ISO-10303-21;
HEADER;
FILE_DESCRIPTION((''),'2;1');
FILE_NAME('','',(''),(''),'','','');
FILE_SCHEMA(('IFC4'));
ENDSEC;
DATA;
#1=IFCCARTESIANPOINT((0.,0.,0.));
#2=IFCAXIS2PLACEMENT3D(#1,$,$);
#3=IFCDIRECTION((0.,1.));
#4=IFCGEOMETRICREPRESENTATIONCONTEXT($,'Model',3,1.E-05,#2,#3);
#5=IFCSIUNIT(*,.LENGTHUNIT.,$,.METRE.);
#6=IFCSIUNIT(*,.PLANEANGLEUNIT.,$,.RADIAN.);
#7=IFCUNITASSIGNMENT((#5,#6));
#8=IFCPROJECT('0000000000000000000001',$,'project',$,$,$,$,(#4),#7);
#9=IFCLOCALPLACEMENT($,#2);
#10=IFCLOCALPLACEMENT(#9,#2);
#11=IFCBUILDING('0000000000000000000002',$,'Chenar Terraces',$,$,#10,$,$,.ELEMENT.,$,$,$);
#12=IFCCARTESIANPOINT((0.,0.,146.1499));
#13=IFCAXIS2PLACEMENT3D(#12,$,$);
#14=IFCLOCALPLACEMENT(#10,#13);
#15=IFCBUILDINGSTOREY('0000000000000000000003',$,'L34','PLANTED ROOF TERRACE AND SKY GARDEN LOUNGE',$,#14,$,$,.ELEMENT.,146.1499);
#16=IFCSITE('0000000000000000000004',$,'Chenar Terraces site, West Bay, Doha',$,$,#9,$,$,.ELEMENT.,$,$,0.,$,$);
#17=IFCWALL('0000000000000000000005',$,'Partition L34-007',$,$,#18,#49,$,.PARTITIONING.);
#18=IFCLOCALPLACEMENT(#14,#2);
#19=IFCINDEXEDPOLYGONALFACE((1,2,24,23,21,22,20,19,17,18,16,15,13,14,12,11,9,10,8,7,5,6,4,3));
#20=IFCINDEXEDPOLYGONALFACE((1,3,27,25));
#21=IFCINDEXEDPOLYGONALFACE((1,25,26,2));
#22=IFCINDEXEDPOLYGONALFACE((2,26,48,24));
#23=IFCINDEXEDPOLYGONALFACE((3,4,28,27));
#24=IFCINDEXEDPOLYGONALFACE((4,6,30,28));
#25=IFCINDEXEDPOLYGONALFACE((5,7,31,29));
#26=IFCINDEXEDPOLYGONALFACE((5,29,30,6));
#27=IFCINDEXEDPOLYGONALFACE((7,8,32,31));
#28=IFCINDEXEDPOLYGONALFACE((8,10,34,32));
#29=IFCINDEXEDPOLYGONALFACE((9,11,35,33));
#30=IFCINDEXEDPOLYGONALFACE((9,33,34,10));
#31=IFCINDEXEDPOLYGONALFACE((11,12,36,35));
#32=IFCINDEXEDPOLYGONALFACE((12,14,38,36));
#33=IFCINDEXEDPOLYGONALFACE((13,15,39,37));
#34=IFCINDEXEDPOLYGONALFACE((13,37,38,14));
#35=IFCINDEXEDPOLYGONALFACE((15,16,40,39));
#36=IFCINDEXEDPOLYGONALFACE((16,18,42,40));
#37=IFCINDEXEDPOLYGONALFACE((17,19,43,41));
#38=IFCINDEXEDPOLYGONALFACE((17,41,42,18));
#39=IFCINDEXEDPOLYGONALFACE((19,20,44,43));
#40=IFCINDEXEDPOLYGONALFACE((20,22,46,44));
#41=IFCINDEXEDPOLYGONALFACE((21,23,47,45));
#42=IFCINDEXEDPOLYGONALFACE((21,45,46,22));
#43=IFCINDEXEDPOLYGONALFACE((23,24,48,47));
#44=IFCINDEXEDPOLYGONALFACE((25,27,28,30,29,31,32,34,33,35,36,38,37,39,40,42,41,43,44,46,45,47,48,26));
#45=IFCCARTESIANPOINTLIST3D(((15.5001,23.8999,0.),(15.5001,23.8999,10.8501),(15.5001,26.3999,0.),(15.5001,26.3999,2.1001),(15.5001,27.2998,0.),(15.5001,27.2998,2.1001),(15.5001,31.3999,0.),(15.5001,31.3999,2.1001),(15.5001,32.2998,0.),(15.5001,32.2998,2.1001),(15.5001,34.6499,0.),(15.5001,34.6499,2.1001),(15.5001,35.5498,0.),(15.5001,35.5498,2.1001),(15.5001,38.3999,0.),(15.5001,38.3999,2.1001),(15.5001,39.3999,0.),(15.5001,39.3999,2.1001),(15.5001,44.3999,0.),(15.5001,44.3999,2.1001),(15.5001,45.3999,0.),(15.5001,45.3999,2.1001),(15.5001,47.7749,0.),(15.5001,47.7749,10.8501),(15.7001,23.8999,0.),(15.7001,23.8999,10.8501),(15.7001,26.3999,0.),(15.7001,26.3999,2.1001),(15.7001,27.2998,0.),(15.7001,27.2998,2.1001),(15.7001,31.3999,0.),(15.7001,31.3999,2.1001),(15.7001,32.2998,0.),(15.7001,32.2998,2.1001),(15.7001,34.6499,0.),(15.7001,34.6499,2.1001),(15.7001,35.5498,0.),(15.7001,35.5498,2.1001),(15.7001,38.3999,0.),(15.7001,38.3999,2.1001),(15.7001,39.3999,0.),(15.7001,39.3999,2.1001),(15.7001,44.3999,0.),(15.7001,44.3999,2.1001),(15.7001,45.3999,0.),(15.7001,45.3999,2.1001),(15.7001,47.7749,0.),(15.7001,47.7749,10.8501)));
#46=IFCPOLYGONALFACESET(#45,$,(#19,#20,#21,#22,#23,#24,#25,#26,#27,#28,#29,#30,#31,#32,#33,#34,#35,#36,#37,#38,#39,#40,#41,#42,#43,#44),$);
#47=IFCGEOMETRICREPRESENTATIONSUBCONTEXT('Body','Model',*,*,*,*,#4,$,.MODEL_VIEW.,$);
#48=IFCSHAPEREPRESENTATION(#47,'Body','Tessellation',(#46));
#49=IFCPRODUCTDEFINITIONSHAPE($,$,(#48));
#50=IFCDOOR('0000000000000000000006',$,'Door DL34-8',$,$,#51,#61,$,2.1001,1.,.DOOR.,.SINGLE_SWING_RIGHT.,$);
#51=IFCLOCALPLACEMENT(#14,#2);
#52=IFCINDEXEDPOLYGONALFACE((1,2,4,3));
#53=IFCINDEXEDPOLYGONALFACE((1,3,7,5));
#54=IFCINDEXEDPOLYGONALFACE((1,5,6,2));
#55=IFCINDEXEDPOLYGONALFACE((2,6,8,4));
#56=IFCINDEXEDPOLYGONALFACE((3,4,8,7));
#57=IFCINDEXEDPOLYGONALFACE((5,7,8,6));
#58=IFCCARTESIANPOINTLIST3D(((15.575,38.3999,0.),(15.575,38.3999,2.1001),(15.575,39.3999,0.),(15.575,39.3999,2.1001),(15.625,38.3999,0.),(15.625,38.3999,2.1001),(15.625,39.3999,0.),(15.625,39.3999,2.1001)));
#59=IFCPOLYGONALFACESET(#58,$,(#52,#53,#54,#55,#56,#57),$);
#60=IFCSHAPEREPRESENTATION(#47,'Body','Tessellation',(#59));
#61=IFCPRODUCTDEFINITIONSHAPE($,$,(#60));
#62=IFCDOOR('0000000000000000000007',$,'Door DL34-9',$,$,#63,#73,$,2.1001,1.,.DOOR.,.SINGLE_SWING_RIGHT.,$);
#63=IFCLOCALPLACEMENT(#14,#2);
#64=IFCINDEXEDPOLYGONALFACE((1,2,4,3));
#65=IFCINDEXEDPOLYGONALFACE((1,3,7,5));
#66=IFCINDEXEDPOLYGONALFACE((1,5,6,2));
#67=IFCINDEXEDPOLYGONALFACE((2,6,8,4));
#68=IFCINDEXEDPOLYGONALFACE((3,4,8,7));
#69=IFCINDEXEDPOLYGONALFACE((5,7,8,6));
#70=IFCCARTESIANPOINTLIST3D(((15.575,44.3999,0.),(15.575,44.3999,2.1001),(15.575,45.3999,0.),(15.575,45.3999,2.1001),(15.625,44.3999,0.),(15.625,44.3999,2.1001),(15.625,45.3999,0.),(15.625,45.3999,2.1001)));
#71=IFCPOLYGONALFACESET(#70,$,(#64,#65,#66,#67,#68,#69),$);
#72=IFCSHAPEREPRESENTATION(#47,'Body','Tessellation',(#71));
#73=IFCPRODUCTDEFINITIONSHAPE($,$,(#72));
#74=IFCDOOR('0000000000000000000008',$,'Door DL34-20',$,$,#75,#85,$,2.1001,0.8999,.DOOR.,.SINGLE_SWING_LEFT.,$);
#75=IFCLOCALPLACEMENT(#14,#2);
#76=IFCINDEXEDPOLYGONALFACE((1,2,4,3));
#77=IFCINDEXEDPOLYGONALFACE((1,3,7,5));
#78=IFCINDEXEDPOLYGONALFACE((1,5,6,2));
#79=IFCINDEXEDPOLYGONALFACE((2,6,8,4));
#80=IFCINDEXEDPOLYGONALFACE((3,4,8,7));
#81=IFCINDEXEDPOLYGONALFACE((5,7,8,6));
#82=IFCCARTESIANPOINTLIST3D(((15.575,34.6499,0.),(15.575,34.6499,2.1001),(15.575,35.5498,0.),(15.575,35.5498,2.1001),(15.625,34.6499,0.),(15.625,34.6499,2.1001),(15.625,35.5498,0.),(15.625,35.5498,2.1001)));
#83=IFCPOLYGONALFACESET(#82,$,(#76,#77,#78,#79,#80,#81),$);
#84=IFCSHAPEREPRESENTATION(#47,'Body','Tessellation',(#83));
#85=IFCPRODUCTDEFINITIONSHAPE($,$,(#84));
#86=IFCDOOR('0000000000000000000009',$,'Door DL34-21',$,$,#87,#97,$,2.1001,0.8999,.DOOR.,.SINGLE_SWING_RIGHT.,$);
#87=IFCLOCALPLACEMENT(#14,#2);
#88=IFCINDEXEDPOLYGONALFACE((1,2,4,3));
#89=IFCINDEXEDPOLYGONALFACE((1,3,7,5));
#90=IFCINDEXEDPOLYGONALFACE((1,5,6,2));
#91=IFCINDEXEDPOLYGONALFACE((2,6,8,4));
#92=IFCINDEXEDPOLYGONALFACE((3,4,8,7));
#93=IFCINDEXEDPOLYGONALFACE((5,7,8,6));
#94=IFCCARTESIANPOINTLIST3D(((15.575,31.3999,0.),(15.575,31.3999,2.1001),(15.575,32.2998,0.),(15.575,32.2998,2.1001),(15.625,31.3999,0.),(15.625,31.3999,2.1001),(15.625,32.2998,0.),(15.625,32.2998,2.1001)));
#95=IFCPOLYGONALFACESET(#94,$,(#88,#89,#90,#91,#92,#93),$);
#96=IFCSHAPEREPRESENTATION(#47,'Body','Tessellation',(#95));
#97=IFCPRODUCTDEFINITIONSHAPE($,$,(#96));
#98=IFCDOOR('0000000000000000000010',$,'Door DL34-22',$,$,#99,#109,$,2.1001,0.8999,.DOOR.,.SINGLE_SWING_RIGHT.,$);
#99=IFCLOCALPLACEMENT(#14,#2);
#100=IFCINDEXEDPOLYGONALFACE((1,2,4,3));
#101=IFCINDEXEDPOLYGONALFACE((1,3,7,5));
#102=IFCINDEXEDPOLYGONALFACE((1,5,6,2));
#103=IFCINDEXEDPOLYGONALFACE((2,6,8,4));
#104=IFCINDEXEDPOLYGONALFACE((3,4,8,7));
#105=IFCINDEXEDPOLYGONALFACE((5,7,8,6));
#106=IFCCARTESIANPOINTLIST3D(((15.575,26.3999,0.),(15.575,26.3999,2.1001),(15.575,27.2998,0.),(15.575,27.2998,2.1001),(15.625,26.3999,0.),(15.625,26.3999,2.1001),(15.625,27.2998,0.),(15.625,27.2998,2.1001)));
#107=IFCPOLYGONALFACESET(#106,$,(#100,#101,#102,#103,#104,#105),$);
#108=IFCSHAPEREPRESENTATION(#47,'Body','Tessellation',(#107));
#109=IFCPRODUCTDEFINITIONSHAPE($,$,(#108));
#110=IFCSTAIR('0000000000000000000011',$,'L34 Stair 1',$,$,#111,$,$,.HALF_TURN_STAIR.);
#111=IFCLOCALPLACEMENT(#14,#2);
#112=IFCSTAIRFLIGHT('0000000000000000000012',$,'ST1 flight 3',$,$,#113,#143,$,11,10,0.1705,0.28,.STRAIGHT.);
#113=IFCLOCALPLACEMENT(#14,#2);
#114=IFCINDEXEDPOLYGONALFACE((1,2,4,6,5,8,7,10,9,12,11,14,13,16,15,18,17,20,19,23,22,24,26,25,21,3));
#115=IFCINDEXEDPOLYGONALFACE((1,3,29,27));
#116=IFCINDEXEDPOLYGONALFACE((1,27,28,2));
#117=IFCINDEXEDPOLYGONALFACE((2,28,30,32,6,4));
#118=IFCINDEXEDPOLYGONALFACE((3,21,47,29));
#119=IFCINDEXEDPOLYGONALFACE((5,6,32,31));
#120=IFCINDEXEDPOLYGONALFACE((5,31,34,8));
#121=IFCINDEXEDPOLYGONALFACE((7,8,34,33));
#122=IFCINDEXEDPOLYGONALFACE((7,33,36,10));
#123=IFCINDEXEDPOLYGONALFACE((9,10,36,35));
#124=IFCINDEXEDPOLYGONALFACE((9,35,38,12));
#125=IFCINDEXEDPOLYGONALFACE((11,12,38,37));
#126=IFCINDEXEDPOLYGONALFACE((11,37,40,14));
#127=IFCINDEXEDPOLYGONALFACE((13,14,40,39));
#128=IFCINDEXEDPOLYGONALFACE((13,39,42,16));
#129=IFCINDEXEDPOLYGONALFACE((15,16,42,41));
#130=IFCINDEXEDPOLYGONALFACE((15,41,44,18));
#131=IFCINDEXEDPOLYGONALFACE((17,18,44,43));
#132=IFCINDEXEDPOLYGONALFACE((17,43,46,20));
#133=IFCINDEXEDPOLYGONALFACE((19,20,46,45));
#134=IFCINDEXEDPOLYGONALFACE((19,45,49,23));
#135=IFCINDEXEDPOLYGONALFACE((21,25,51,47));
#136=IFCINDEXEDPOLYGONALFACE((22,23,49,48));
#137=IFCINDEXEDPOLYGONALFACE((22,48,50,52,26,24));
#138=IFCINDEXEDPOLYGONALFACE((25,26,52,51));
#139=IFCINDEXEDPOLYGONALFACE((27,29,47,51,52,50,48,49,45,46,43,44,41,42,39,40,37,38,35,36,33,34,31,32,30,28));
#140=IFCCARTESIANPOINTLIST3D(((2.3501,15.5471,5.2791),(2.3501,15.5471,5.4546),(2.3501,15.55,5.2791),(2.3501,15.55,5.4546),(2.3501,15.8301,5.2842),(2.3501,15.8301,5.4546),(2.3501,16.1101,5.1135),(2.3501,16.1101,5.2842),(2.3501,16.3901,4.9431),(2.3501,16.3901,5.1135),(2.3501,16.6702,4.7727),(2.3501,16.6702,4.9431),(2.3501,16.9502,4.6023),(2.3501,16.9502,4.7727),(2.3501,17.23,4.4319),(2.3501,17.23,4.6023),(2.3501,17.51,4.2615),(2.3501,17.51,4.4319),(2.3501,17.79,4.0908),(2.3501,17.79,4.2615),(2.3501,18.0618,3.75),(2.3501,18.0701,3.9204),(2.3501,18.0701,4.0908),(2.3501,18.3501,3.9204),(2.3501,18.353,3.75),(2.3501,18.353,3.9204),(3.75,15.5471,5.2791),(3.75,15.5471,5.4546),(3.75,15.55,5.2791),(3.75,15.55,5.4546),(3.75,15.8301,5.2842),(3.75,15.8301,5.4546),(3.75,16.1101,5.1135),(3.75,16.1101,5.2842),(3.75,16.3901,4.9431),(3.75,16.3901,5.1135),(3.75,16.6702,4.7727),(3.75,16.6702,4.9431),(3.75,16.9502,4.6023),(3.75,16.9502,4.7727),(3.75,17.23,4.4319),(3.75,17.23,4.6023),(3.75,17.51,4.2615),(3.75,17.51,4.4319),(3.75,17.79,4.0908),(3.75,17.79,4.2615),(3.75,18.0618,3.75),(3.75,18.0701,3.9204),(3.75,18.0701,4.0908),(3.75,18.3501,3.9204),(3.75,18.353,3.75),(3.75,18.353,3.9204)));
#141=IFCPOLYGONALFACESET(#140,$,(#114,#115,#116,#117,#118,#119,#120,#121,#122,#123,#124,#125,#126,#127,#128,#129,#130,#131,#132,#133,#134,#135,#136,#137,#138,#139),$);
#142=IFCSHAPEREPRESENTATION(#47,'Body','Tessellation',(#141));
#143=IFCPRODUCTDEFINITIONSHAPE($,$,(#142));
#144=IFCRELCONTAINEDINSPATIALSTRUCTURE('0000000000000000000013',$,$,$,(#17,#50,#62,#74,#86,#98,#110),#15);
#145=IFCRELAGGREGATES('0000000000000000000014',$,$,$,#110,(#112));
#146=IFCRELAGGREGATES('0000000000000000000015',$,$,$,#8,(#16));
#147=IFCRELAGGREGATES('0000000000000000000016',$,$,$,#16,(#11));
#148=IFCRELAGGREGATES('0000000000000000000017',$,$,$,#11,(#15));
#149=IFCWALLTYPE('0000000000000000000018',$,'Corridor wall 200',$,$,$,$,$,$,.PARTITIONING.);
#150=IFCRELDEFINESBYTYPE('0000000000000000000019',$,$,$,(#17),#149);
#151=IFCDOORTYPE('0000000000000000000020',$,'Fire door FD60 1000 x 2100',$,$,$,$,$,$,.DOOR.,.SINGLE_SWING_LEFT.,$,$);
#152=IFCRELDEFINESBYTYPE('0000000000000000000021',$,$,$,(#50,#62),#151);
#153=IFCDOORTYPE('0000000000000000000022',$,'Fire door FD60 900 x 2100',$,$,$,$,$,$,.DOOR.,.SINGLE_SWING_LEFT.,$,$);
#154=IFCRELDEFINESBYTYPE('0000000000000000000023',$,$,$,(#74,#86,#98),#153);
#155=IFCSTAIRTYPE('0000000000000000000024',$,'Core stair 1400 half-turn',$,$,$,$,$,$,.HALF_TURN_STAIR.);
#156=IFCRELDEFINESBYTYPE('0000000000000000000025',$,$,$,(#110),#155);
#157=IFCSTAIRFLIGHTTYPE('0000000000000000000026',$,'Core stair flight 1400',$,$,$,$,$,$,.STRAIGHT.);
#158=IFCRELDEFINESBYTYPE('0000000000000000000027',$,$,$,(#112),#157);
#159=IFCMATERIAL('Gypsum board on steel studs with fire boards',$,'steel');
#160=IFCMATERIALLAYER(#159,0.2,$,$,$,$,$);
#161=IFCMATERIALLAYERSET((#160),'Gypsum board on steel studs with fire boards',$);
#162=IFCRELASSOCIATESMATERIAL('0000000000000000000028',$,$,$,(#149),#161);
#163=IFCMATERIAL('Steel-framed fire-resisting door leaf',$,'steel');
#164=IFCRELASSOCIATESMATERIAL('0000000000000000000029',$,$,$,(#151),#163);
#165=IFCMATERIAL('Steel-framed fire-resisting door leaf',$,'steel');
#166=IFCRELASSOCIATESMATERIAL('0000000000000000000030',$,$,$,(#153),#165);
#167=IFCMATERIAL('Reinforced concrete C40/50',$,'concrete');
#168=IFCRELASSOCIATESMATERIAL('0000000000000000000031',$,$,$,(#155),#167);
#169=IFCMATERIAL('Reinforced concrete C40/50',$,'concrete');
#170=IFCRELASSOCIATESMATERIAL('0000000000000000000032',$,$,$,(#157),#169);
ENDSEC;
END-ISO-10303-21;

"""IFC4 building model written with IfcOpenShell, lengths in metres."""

from ifc_helpers import new_model, si_unit, direction, frame, frame_2d, origin, place, context, subcontext, project, spatial, polyline, rectangle, outline, extrude, material, layer, layer_set, type_object, element, fill, aggregate, save


model = new_model("IFC4")

# Units and contexts
model_context = context("Model", 3, precision=1e-05, world=origin(), true_north=direction((0.0, 1.0)))
body_context = subcontext(model_context, "Body", "Model", "MODEL_VIEW")
ifc_project = project(units=[si_unit("LENGTHUNIT", "METRE"), si_unit("PLANEANGLEUNIT", "RADIAN")], contexts=[model_context])

# Site, building, storey
site_placement = place(None, origin())
site = spatial("IfcSite", under=ifc_project, at=site_placement, Name="Chenar Terraces site, West Bay, Doha", CompositionType="ELEMENT", RefElevation=0.0)
building_placement = place(site_placement, origin())
building = spatial("IfcBuilding", under=site, at=building_placement, Name="Chenar Terraces", CompositionType="ELEMENT")
storey_placement = place(building_placement, frame((0.0, 0.0, 146.1499)))
storey = spatial("IfcBuildingStorey", under=building, at=storey_placement, Name="L34", Description="PLANTED ROOF TERRACE AND SKY GARDEN LOUNGE", CompositionType="ELEMENT", Elevation=146.1499)

# Wall, openings, doors
ifc_material_1 = material(Name="Gypsum board on steel studs with fire boards", Category="steel")
ifc_layer_1 = layer(ifc_material_1, 0.2)
ifc_layer_set_1 = layer_set([ifc_layer_1], Name="Gypsum board on steel studs with fire boards")
wall_type_1 = type_object("IfcWallType", Name="Corridor wall 200", PredefinedType="PARTITIONING", material=ifc_layer_set_1)
ifc_material_2 = material(Name="Steel-framed fire-resisting door leaf", Category="steel")
door_type_1 = type_object("IfcDoorType", Name="Fire door FD60 1000 x 2100", OperationType="SINGLE_SWING_LEFT", PredefinedType="DOOR", material=ifc_material_2)
wall_1_placement = place(storey_placement, frame((15.6001, 23.8999, 0.0), z_axis=(0.0, 0.0, 1.0), x_axis=(0.0, 1.0, 0.0)))
wall_1 = element("IfcWall", 1, at=wall_1_placement, inside=storey, type_object=wall_type_1, Name="Partition L34-007", PredefinedType="PARTITIONING", context=body_context, shape_type="SweptSolid", body=[
    extrude(rectangle(XDim=23.875, YDim=0.2, at=frame_2d((11.9375, 0.0))), origin(), (0.0, 0.0, 1.0), 10.8501),
])
opening_1_placement = place(wall_1_placement, frame((14.5, 0.0, 0.0)))
opening_1 = element("IfcOpeningElement", 2, at=opening_1_placement, cuts=wall_1, PredefinedType="OPENING", context=body_context, shape_type="SweptSolid", body=[
    extrude(rectangle(XDim=1.0, YDim=2.1001, at=frame_2d((0.5, 1.05))), frame((0.0, 0.1099, 0.0), z_axis=(0.0, -1.0, 0.0), x_axis=(1.0, 0.0, 0.0)), (0.0, 0.0, 1.0), 0.22),
])
opening_2_placement = place(wall_1_placement, frame((20.5, 0.0, 0.0)))
opening_2 = element("IfcOpeningElement", 3, at=opening_2_placement, cuts=wall_1, PredefinedType="OPENING", context=body_context, shape_type="SweptSolid", body=[
    extrude(rectangle(XDim=1.0, YDim=2.1001, at=frame_2d((0.5, 1.05))), frame((0.0, 0.1099, 0.0), z_axis=(0.0, -1.0, 0.0), x_axis=(1.0, 0.0, 0.0)), (0.0, 0.0, 1.0), 0.22),
])
opening_3_placement = place(wall_1_placement, frame((10.75, 0.0, 0.0)))
opening_3 = element("IfcOpeningElement", 4, at=opening_3_placement, cuts=wall_1, PredefinedType="OPENING", context=body_context, shape_type="SweptSolid", body=[
    extrude(rectangle(XDim=0.8999, YDim=2.1001, at=frame_2d((0.45, 1.05))), frame((0.0, 0.1099, 0.0), z_axis=(0.0, -1.0, 0.0), x_axis=(1.0, 0.0, 0.0)), (0.0, 0.0, 1.0), 0.22),
])
opening_4_placement = place(wall_1_placement, frame((7.5, 0.0, 0.0)))
opening_4 = element("IfcOpeningElement", 5, at=opening_4_placement, cuts=wall_1, PredefinedType="OPENING", context=body_context, shape_type="SweptSolid", body=[
    extrude(rectangle(XDim=0.8999, YDim=2.1001, at=frame_2d((0.45, 1.05))), frame((0.0, 0.1099, 0.0), z_axis=(0.0, -1.0, 0.0), x_axis=(1.0, 0.0, 0.0)), (0.0, 0.0, 1.0), 0.22),
])
opening_5_placement = place(wall_1_placement, frame((2.5, 0.0, 0.0)))
opening_5 = element("IfcOpeningElement", 6, at=opening_5_placement, cuts=wall_1, PredefinedType="OPENING", context=body_context, shape_type="SweptSolid", body=[
    extrude(rectangle(XDim=0.8999, YDim=2.1001, at=frame_2d((0.45, 1.05))), frame((0.0, 0.1099, 0.0), z_axis=(0.0, -1.0, 0.0), x_axis=(1.0, 0.0, 0.0)), (0.0, 0.0, 1.0), 0.22),
])
door_1_placement = place(opening_1_placement, frame((1.0, 0.0, 0.0), z_axis=(0.0, 0.0, 1.0), x_axis=(-1.0, 0.0, 0.0)))
door_1 = element("IfcDoor", 7, at=door_1_placement, inside=storey, type_object=door_type_1, Name="Door DL34-8", OperationType="SINGLE_SWING_RIGHT", OverallHeight=2.1001, OverallWidth=1.0, PredefinedType="DOOR", context=body_context, shape_type="SweptSolid", body=[
    extrude(rectangle(XDim=1.0, YDim=2.1001, at=frame_2d((0.5, 1.05))), frame((0.0, 0.0249, 0.0), z_axis=(0.0, -1.0, 0.0), x_axis=(1.0, 0.0, 0.0)), (0.0, 0.0, 1.0), 0.05),
])
fill(opening_1, door_1)
door_2_placement = place(opening_2_placement, frame((1.0, 0.0, 0.0), z_axis=(0.0, 0.0, 1.0), x_axis=(-1.0, 0.0, 0.0)))
door_2 = element("IfcDoor", 8, at=door_2_placement, inside=storey, type_object=door_type_1, Name="Door DL34-9", OperationType="SINGLE_SWING_RIGHT", OverallHeight=2.1001, OverallWidth=1.0, PredefinedType="DOOR", context=body_context, shape_type="SweptSolid", body=[
    extrude(rectangle(XDim=1.0, YDim=2.1001, at=frame_2d((0.5, 1.05))), frame((0.0, 0.0249, 0.0), z_axis=(0.0, -1.0, 0.0), x_axis=(1.0, 0.0, 0.0)), (0.0, 0.0, 1.0), 0.05),
])
fill(opening_2, door_2)
ifc_material_3 = material(Name="Steel-framed fire-resisting door leaf", Category="steel")
door_type_2 = type_object("IfcDoorType", Name="Fire door FD60 900 x 2100", OperationType="SINGLE_SWING_LEFT", PredefinedType="DOOR", material=ifc_material_3)
door_3_placement = place(opening_3_placement, frame((0.8999, 0.0, 0.0), z_axis=(0.0, 0.0, 1.0), x_axis=(-1.0, 0.0, 0.0)))
door_3 = element("IfcDoor", 9, at=door_3_placement, inside=storey, type_object=door_type_2, Name="Door DL34-20", OperationType="SINGLE_SWING_LEFT", OverallHeight=2.1001, OverallWidth=0.8999, PredefinedType="DOOR", context=body_context, shape_type="SweptSolid", body=[
    extrude(rectangle(XDim=0.8999, YDim=2.1001, at=frame_2d((0.45, 1.05))), frame((0.0, 0.0249, 0.0), z_axis=(0.0, -1.0, 0.0), x_axis=(1.0, 0.0, 0.0)), (0.0, 0.0, 1.0), 0.05),
])
fill(opening_3, door_3)
door_4_placement = place(opening_4_placement, frame((0.8999, 0.0, 0.0), z_axis=(0.0, 0.0, 1.0), x_axis=(-1.0, 0.0, 0.0)))
door_4 = element("IfcDoor", 10, at=door_4_placement, inside=storey, type_object=door_type_2, Name="Door DL34-21", OperationType="SINGLE_SWING_RIGHT", OverallHeight=2.1001, OverallWidth=0.8999, PredefinedType="DOOR", context=body_context, shape_type="SweptSolid", body=[
    extrude(rectangle(XDim=0.8999, YDim=2.1001, at=frame_2d((0.45, 1.05))), frame((0.0, 0.0249, 0.0), z_axis=(0.0, -1.0, 0.0), x_axis=(1.0, 0.0, 0.0)), (0.0, 0.0, 1.0), 0.05),
])
fill(opening_4, door_4)
door_5_placement = place(opening_5_placement, frame((0.8999, 0.0, 0.0), z_axis=(0.0, 0.0, 1.0), x_axis=(-1.0, 0.0, 0.0)))
door_5 = element("IfcDoor", 11, at=door_5_placement, inside=storey, type_object=door_type_2, Name="Door DL34-22", OperationType="SINGLE_SWING_RIGHT", OverallHeight=2.1001, OverallWidth=0.8999, PredefinedType="DOOR", context=body_context, shape_type="SweptSolid", body=[
    extrude(rectangle(XDim=0.8999, YDim=2.1001, at=frame_2d((0.45, 1.05))), frame((0.0, 0.0249, 0.0), z_axis=(0.0, -1.0, 0.0), x_axis=(1.0, 0.0, 0.0)), (0.0, 0.0, 1.0), 0.05),
])
fill(opening_5, door_5)

# Stair, stair flight
ifc_material_4 = material(Name="Reinforced concrete C40/50", Category="concrete")
stair_type = type_object("IfcStairType", Name="Core stair 1400 half-turn", PredefinedType="HALF_TURN_STAIR", material=ifc_material_4)
stair_placement = place(storey_placement, origin())
stair = element("IfcStair", 12, at=stair_placement, inside=storey, type_object=stair_type, Name="L34 Stair 1", PredefinedType="HALF_TURN_STAIR")
ifc_material_5 = material(Name="Reinforced concrete C40/50", Category="concrete")
stair_flight_type = type_object("IfcStairFlightType", Name="Core stair flight 1400", PredefinedType="STRAIGHT", material=ifc_material_5)
stair_flight_1_placement = place(storey_placement, frame((3.05, 18.3501, 3.75), z_axis=(0.0, 0.0, 1.0), x_axis=(0.0, -1.0, 0.0)))
stair_flight_1 = element("IfcStairFlight", 13, at=stair_flight_1_placement, type_object=stair_flight_type, Name="ST1 flight 3", NumberOfRisers=11, NumberOfTreads=10, PredefinedType="STRAIGHT", RiserHeight=0.1705, TreadLength=0.28, context=body_context, shape_type="SweptSolid", body=[
    extrude(outline(polyline([(-0.0029, 0.0), (-0.0029, 0.1704), (0.0, 0.1704), (0.28, 0.1704), (0.28, 0.3408), (0.5601, 0.3408), (0.5601, 0.5115), (0.8401, 0.5115), (0.8401, 0.6819), (1.1201, 0.6819), (1.1201, 0.8523), (1.3999, 0.8523), (1.3999, 1.0227), (1.6799, 1.0227), (1.6799, 1.1931), (1.96, 1.1931), (1.96, 1.3635), (2.24, 1.3635), (2.24, 1.5342), (2.52, 1.5342), (2.52, 1.7046), (2.8, 1.7046), (2.803, 1.7046), (2.803, 1.5291), (2.8, 1.5291), (0.2883, 0.0), (-0.0029, 0.0)])), frame((0.0, 0.7, 0.0), z_axis=(0.0, -1.0, 0.0), x_axis=(1.0, 0.0, 0.0)), (0.0, 0.0, 1.0), 1.3999),
])
aggregate(stair, [stair_flight_1])

save(model, "model.ifc")
